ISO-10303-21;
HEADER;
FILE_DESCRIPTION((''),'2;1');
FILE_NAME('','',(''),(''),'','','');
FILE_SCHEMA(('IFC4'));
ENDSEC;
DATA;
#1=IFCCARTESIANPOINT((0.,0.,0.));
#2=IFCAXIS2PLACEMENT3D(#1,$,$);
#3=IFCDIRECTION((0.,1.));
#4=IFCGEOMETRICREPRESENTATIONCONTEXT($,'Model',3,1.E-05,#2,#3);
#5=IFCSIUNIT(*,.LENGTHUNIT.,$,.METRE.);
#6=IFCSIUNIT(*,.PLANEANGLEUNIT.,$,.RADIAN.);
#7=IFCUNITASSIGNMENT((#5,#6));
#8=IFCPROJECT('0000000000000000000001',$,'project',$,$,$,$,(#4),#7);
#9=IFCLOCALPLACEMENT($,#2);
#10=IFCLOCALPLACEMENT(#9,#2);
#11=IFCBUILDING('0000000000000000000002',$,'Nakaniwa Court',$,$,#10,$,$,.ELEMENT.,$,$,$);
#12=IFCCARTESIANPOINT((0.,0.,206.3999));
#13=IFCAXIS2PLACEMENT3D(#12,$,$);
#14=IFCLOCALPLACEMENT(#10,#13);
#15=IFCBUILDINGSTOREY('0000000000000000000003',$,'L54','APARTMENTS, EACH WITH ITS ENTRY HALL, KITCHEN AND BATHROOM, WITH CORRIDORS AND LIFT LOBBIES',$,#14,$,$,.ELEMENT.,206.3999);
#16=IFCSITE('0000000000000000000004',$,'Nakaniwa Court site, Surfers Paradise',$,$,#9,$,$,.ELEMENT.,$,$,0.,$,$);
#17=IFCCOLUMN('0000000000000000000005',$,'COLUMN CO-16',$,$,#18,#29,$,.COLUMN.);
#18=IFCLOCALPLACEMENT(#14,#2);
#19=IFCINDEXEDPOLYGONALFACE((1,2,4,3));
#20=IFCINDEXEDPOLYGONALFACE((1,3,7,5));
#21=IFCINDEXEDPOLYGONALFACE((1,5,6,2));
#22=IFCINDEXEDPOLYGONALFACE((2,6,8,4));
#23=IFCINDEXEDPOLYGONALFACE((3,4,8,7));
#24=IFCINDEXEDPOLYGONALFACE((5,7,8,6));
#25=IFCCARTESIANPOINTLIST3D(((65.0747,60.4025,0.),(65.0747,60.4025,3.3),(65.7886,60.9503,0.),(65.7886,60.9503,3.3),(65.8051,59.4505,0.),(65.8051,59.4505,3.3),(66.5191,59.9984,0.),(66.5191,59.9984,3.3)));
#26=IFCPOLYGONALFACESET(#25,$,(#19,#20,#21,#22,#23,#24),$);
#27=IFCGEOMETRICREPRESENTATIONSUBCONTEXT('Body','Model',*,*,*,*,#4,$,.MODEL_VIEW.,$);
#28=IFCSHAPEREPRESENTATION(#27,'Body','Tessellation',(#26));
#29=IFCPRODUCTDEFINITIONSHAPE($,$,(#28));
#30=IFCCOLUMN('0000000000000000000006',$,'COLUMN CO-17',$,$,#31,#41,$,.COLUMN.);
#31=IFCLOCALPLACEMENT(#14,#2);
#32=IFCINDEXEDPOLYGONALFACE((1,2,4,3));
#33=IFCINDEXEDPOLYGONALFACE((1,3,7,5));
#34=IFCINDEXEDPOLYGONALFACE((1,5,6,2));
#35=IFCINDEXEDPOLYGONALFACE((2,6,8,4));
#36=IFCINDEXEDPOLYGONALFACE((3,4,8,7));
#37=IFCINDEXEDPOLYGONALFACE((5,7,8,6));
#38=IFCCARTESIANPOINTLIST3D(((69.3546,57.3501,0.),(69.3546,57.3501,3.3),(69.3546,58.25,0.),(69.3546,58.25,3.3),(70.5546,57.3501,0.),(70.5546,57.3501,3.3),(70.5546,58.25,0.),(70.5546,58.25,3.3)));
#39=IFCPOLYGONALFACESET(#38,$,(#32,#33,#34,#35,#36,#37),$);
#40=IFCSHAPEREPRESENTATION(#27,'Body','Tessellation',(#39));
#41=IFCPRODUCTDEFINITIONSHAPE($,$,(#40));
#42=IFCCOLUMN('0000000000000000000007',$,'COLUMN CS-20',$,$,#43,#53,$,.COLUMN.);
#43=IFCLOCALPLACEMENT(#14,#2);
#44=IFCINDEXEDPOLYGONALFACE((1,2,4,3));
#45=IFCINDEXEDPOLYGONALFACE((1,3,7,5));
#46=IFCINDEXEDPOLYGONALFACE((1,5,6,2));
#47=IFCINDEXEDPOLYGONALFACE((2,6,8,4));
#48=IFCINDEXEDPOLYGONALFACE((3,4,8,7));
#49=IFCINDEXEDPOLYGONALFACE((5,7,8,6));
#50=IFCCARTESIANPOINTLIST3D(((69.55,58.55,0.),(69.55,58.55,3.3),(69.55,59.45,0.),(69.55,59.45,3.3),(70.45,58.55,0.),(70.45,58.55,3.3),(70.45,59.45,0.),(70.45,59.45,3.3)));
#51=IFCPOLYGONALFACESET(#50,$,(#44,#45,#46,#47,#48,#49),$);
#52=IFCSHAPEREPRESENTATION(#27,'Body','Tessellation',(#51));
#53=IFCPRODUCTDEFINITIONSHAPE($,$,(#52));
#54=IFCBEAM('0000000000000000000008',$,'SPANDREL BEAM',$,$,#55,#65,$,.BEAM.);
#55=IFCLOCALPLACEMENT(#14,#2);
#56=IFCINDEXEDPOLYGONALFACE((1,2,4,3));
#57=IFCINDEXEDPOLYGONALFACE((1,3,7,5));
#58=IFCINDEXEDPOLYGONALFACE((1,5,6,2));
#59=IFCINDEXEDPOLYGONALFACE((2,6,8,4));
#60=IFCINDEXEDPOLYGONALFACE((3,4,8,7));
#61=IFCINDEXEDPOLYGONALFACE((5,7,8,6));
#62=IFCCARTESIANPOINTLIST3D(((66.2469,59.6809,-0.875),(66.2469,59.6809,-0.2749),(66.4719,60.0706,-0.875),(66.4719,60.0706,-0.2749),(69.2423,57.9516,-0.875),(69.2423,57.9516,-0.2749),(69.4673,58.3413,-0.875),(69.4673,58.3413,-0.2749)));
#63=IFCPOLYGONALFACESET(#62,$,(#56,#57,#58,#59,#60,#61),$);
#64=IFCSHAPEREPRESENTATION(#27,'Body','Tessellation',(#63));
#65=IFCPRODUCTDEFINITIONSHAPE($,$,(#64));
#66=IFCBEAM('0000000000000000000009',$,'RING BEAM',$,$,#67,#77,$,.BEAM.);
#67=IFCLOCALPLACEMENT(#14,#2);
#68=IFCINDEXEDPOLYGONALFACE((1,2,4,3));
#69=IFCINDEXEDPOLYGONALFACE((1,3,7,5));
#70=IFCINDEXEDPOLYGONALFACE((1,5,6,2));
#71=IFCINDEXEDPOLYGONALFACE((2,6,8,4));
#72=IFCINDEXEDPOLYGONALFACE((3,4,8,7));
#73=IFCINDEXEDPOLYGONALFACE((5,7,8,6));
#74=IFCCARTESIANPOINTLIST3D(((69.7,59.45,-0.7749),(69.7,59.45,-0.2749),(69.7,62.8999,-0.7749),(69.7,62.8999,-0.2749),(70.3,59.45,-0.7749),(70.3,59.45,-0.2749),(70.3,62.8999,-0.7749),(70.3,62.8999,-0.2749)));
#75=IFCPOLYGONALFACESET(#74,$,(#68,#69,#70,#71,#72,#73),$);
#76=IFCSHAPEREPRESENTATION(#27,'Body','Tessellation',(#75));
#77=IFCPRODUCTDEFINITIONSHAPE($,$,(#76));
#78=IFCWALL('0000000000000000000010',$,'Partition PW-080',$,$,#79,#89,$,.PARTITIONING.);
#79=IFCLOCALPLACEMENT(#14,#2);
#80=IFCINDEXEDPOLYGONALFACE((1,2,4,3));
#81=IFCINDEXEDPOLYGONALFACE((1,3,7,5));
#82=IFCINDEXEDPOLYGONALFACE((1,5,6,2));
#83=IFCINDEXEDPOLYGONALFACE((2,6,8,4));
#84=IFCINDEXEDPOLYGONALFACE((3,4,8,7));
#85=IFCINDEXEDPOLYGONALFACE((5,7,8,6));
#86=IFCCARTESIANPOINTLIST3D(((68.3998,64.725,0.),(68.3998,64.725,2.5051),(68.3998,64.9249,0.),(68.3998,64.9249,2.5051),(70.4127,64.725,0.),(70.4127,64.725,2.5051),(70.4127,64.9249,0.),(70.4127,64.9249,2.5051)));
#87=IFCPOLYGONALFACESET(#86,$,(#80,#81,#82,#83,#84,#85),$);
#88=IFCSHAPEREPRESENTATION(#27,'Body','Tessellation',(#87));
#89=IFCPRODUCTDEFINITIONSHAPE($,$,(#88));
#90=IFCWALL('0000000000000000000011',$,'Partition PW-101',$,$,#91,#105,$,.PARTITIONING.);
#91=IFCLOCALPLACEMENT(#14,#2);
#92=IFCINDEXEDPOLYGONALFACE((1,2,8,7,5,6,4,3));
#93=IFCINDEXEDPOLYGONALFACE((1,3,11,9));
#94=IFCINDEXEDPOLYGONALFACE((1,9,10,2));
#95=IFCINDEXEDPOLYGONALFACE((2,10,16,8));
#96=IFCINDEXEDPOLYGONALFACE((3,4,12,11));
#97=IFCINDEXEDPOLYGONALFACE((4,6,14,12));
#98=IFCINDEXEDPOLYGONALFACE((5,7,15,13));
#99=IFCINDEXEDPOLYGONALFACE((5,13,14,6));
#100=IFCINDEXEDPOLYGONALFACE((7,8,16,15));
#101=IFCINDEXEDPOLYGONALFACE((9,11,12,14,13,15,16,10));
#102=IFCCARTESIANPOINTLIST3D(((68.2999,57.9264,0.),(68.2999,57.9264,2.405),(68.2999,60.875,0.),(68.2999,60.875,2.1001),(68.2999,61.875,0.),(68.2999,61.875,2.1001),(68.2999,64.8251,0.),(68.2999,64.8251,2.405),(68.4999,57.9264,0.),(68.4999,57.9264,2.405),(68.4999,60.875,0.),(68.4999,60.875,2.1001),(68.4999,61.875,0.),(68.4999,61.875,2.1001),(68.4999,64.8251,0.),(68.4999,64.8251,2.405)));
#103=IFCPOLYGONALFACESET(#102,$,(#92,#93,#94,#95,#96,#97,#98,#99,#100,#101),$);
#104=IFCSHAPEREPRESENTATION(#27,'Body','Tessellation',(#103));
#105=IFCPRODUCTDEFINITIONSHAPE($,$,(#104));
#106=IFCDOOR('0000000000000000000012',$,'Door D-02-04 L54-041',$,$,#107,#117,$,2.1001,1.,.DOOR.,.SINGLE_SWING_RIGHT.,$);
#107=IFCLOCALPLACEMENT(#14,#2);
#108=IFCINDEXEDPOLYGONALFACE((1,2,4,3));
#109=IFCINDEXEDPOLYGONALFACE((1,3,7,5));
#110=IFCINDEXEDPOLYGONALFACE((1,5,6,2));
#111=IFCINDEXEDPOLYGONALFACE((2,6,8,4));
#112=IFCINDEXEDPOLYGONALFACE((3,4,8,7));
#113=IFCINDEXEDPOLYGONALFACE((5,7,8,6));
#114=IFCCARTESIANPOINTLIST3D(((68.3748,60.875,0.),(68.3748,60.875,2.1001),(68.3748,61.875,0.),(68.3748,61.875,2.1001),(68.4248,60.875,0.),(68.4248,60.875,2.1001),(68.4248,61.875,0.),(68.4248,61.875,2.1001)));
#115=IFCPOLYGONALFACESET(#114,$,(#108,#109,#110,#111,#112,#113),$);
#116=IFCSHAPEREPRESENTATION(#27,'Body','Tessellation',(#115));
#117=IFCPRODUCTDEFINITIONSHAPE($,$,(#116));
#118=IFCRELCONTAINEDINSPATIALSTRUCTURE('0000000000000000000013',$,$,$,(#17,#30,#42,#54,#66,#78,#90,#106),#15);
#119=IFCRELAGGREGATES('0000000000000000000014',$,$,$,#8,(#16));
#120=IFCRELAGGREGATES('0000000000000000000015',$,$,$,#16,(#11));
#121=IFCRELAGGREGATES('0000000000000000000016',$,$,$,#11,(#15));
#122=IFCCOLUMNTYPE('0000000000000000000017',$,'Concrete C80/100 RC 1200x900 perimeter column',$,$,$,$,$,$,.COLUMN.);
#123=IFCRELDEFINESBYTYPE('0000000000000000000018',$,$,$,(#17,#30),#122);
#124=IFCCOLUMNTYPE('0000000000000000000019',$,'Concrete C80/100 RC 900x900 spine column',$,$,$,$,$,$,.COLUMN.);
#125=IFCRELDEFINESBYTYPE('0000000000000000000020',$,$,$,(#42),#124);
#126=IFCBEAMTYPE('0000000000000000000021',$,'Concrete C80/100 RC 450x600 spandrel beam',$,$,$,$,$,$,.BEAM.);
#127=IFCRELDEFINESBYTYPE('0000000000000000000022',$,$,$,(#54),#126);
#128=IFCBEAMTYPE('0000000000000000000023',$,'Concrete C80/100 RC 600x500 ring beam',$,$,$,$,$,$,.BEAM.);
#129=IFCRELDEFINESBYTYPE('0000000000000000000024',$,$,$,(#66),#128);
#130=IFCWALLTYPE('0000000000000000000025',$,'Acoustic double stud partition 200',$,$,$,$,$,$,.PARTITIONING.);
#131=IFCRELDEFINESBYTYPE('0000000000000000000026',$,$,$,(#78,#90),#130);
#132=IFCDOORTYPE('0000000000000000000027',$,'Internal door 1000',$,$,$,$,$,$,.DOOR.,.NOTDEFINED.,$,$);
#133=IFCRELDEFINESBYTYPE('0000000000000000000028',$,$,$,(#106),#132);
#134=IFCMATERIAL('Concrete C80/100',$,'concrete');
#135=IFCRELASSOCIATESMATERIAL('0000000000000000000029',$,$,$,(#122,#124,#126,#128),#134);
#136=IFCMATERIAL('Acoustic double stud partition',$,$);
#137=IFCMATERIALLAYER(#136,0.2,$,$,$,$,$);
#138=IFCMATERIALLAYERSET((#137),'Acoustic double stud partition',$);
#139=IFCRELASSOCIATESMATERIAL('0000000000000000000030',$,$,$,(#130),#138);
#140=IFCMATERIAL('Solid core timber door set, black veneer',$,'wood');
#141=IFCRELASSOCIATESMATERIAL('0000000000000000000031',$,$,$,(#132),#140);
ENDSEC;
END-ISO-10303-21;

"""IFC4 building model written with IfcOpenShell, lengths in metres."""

from ifc_helpers import new_model, si_unit, direction, frame, frame_2d, origin, origin_2d, place, context, subcontext, project, spatial, rectangle, extrude, material, layer, layer_set, material_profile, profile_set, type_object, element, fill, save


model = new_model("IFC4")

# Units and contexts
model_context = context("Model", 3, precision=1e-05, world=origin(), true_north=direction((0.0, 1.0)))
body_context = subcontext(model_context, "Body", "Model", "MODEL_VIEW")
ifc_project = project(units=[si_unit("LENGTHUNIT", "METRE"), si_unit("PLANEANGLEUNIT", "RADIAN")], contexts=[model_context])

# Site, building, storey
site_placement = place(None, origin())
site = spatial("IfcSite", under=ifc_project, at=site_placement, Name="Nakaniwa Court site, Surfers Paradise", CompositionType="ELEMENT", RefElevation=0.0)
building_placement = place(site_placement, origin())
building = spatial("IfcBuilding", under=site, at=building_placement, Name="Nakaniwa Court", CompositionType="ELEMENT")
storey_placement = place(building_placement, frame((0.0, 0.0, 206.3999)))
storey = spatial("IfcBuildingStorey", under=building, at=storey_placement, Name="L54", Description="APARTMENTS, EACH WITH ITS ENTRY HALL, KITCHEN AND BATHROOM, WITH CORRIDORS AND LIFT LOBBIES", CompositionType="ELEMENT", Elevation=206.3999)

# Columns
ifc_material_1 = material(Name="Concrete C80/100", Category="concrete")
ifc_material_profile_1 = material_profile(ifc_material_1, rectangle(XDim=1.2, YDim=0.8999, at=origin_2d()), Name="Concrete C80/100 RC 1200x900 perimeter column")
ifc_profile_set_1 = profile_set([ifc_material_profile_1], Name="Concrete C80/100")
column_type_1 = type_object("IfcColumnType", Name="Concrete C80/100 RC 1200x900 perimeter column", PredefinedType="COLUMN", material=ifc_profile_set_1)
for number, where, z_axis, x_axis, name in (
    (1, (65.7969, 60.2004, 0.0), (0.0, 0.0, 1.0), (0.608761, -0.793353, 0.0), "COLUMN CO-16"),
    (2, (69.9546, 57.8, 0.0), (0.0, 0.0, 1.0), (1.0, 0.0, 0.0), "COLUMN CO-17"),
):
    element("IfcColumn", number, at=place(storey_placement, frame(where, z_axis=z_axis, x_axis=x_axis)), inside=storey, type_object=column_type_1, Name=name, PredefinedType="COLUMN", context=body_context, shape_type="SweptSolid", body=[
        extrude(rectangle(XDim=1.2, YDim=0.8999, at=origin_2d()), origin(), (0.0, 0.0, 1.0), 3.3),
    ])
ifc_material_profile_2 = material_profile(ifc_material_1, rectangle(XDim=0.8999, YDim=0.8999, at=origin_2d()), Name="Concrete C80/100 RC 900x900 spine column")
ifc_profile_set_2 = profile_set([ifc_material_profile_2], Name="Concrete C80/100")
column_type_2 = type_object("IfcColumnType", Name="Concrete C80/100 RC 900x900 spine column", PredefinedType="COLUMN", material=ifc_profile_set_2)
column_placement = place(storey_placement, frame((70.0, 59.0, 0.0), z_axis=(0.0, 0.0, 1.0), x_axis=(0.0, -1.0, 0.0)))
element("IfcColumn", 3, at=column_placement, inside=storey, type_object=column_type_2, Name="COLUMN CS-20", PredefinedType="COLUMN", context=body_context, shape_type="SweptSolid", body=[
    extrude(rectangle(XDim=0.8999, YDim=0.8999, at=origin_2d()), origin(), (0.0, 0.0, 1.0), 3.3),
])

# Beams
ifc_material_profile_3 = material_profile(ifc_material_1, rectangle(XDim=0.45, YDim=0.6001, at=origin_2d()), Name="Concrete C80/100 RC 450x600 spandrel beam")
ifc_profile_set_3 = profile_set([ifc_material_profile_3], Name="Concrete C80/100")
beam_type_1 = type_object("IfcBeamType", Name="Concrete C80/100 RC 450x600 spandrel beam", PredefinedType="BEAM", material=ifc_profile_set_3)
beam_1_placement = place(storey_placement, frame((66.3594, 59.8757, -0.575), z_axis=(0.866041, -0.499973, 0.0), x_axis=(0.499973, 0.866041, 0.0)))
element("IfcBeam", 4, at=beam_1_placement, inside=storey, type_object=beam_type_1, Name="SPANDREL BEAM", PredefinedType="BEAM", context=body_context, shape_type="SweptSolid", body=[
    extrude(rectangle(XDim=0.45, YDim=0.6001, at=origin_2d()), origin(), (0.0, 0.0, 1.0), 3.4587),
])
ifc_material_profile_4 = material_profile(ifc_material_1, rectangle(XDim=0.6001, YDim=0.5, at=origin_2d()), Name="Concrete C80/100 RC 600x500 ring beam")
ifc_profile_set_4 = profile_set([ifc_material_profile_4], Name="Concrete C80/100")
beam_type_2 = type_object("IfcBeamType", Name="Concrete C80/100 RC 600x500 ring beam", PredefinedType="BEAM", material=ifc_profile_set_4)
beam_2_placement = place(storey_placement, frame((70.0, 62.8999, -0.5249), z_axis=(0.0, -1.0, 0.0), x_axis=(1.0, 0.0, 0.0)))
element("IfcBeam", 5, at=beam_2_placement, inside=storey, type_object=beam_type_2, Name="RING BEAM", PredefinedType="BEAM", context=body_context, shape_type="SweptSolid", body=[
    extrude(rectangle(XDim=0.6001, YDim=0.5, at=origin_2d()), origin(), (0.0, 0.0, 1.0), 3.45),
])

# Wall
ifc_material_2 = material(Name="Acoustic double stud partition")
ifc_layer_1 = layer(ifc_material_2, 0.2)
ifc_layer_set_1 = layer_set([ifc_layer_1], Name="Acoustic double stud partition")
wall_type_1 = type_object("IfcWallType", Name="Acoustic double stud partition 200", PredefinedType="PARTITIONING", material=ifc_layer_set_1)
wall_1_placement = place(storey_placement, frame((68.3999, 64.825, 0.0), z_axis=(0.0, 0.0, 1.0), x_axis=(1.0, 0.0, 0.0)))
element("IfcWall", 6, at=wall_1_placement, inside=storey, type_object=wall_type_1, Name="Partition PW-080", PredefinedType="PARTITIONING", context=body_context, shape_type="SweptSolid", body=[
    extrude(rectangle(XDim=2.0129, YDim=0.2, at=frame_2d((1.0063, 0.0))), origin(), (0.0, 0.0, 1.0), 2.5051),
])

# Wall, opening, door
wall_2_placement = place(storey_placement, frame((68.3999, 64.825, 0.0), z_axis=(0.0, 0.0, 1.0), x_axis=(0.0, -1.0, 0.0)))
wall_2 = element("IfcWall", 7, at=wall_2_placement, inside=storey, type_object=wall_type_1, Name="Partition PW-101", PredefinedType="PARTITIONING", context=body_context, shape_type="SweptSolid", body=[
    extrude(rectangle(XDim=6.8987, YDim=0.2, at=frame_2d((3.4492, 0.0))), origin(), (0.0, 0.0, 1.0), 2.405),
])
opening_1_placement = place(wall_2_placement, frame((2.95, 0.0, 0.0)))
opening_1 = element("IfcOpeningElement", 8, at=opening_1_placement, cuts=wall_2, PredefinedType="OPENING", context=body_context, shape_type="SweptSolid", body=[
    extrude(rectangle(XDim=1.0, YDim=2.1001, at=frame_2d((0.5, 1.05))), frame((0.0, 0.1099, 0.0), z_axis=(0.0, -1.0, 0.0), x_axis=(1.0, 0.0, 0.0)), (0.0, 0.0, 1.0), 0.22),
])
ifc_material_3 = material(Name="Solid core timber door set, black veneer", Category="wood")
door_type_1 = type_object("IfcDoorType", Name="Internal door 1000", OperationType="NOTDEFINED", PredefinedType="DOOR", material=ifc_material_3)
door_1_placement = place(opening_1_placement, origin())
door_1 = element("IfcDoor", 9, at=door_1_placement, inside=storey, type_object=door_type_1, Name="Door D-02-04 L54-041", OperationType="SINGLE_SWING_RIGHT", OverallHeight=2.1001, OverallWidth=1.0, PredefinedType="DOOR", context=body_context, shape_type="SweptSolid", body=[
    extrude(rectangle(XDim=1.0, YDim=2.1001, at=frame_2d((0.5, 1.05))), frame((0.0, 0.0249, 0.0), z_axis=(0.0, -1.0, 0.0), x_axis=(1.0, 0.0, 0.0)), (0.0, 0.0, 1.0), 0.05),
])
fill(opening_1, door_1)

save(model, "model.ifc")
